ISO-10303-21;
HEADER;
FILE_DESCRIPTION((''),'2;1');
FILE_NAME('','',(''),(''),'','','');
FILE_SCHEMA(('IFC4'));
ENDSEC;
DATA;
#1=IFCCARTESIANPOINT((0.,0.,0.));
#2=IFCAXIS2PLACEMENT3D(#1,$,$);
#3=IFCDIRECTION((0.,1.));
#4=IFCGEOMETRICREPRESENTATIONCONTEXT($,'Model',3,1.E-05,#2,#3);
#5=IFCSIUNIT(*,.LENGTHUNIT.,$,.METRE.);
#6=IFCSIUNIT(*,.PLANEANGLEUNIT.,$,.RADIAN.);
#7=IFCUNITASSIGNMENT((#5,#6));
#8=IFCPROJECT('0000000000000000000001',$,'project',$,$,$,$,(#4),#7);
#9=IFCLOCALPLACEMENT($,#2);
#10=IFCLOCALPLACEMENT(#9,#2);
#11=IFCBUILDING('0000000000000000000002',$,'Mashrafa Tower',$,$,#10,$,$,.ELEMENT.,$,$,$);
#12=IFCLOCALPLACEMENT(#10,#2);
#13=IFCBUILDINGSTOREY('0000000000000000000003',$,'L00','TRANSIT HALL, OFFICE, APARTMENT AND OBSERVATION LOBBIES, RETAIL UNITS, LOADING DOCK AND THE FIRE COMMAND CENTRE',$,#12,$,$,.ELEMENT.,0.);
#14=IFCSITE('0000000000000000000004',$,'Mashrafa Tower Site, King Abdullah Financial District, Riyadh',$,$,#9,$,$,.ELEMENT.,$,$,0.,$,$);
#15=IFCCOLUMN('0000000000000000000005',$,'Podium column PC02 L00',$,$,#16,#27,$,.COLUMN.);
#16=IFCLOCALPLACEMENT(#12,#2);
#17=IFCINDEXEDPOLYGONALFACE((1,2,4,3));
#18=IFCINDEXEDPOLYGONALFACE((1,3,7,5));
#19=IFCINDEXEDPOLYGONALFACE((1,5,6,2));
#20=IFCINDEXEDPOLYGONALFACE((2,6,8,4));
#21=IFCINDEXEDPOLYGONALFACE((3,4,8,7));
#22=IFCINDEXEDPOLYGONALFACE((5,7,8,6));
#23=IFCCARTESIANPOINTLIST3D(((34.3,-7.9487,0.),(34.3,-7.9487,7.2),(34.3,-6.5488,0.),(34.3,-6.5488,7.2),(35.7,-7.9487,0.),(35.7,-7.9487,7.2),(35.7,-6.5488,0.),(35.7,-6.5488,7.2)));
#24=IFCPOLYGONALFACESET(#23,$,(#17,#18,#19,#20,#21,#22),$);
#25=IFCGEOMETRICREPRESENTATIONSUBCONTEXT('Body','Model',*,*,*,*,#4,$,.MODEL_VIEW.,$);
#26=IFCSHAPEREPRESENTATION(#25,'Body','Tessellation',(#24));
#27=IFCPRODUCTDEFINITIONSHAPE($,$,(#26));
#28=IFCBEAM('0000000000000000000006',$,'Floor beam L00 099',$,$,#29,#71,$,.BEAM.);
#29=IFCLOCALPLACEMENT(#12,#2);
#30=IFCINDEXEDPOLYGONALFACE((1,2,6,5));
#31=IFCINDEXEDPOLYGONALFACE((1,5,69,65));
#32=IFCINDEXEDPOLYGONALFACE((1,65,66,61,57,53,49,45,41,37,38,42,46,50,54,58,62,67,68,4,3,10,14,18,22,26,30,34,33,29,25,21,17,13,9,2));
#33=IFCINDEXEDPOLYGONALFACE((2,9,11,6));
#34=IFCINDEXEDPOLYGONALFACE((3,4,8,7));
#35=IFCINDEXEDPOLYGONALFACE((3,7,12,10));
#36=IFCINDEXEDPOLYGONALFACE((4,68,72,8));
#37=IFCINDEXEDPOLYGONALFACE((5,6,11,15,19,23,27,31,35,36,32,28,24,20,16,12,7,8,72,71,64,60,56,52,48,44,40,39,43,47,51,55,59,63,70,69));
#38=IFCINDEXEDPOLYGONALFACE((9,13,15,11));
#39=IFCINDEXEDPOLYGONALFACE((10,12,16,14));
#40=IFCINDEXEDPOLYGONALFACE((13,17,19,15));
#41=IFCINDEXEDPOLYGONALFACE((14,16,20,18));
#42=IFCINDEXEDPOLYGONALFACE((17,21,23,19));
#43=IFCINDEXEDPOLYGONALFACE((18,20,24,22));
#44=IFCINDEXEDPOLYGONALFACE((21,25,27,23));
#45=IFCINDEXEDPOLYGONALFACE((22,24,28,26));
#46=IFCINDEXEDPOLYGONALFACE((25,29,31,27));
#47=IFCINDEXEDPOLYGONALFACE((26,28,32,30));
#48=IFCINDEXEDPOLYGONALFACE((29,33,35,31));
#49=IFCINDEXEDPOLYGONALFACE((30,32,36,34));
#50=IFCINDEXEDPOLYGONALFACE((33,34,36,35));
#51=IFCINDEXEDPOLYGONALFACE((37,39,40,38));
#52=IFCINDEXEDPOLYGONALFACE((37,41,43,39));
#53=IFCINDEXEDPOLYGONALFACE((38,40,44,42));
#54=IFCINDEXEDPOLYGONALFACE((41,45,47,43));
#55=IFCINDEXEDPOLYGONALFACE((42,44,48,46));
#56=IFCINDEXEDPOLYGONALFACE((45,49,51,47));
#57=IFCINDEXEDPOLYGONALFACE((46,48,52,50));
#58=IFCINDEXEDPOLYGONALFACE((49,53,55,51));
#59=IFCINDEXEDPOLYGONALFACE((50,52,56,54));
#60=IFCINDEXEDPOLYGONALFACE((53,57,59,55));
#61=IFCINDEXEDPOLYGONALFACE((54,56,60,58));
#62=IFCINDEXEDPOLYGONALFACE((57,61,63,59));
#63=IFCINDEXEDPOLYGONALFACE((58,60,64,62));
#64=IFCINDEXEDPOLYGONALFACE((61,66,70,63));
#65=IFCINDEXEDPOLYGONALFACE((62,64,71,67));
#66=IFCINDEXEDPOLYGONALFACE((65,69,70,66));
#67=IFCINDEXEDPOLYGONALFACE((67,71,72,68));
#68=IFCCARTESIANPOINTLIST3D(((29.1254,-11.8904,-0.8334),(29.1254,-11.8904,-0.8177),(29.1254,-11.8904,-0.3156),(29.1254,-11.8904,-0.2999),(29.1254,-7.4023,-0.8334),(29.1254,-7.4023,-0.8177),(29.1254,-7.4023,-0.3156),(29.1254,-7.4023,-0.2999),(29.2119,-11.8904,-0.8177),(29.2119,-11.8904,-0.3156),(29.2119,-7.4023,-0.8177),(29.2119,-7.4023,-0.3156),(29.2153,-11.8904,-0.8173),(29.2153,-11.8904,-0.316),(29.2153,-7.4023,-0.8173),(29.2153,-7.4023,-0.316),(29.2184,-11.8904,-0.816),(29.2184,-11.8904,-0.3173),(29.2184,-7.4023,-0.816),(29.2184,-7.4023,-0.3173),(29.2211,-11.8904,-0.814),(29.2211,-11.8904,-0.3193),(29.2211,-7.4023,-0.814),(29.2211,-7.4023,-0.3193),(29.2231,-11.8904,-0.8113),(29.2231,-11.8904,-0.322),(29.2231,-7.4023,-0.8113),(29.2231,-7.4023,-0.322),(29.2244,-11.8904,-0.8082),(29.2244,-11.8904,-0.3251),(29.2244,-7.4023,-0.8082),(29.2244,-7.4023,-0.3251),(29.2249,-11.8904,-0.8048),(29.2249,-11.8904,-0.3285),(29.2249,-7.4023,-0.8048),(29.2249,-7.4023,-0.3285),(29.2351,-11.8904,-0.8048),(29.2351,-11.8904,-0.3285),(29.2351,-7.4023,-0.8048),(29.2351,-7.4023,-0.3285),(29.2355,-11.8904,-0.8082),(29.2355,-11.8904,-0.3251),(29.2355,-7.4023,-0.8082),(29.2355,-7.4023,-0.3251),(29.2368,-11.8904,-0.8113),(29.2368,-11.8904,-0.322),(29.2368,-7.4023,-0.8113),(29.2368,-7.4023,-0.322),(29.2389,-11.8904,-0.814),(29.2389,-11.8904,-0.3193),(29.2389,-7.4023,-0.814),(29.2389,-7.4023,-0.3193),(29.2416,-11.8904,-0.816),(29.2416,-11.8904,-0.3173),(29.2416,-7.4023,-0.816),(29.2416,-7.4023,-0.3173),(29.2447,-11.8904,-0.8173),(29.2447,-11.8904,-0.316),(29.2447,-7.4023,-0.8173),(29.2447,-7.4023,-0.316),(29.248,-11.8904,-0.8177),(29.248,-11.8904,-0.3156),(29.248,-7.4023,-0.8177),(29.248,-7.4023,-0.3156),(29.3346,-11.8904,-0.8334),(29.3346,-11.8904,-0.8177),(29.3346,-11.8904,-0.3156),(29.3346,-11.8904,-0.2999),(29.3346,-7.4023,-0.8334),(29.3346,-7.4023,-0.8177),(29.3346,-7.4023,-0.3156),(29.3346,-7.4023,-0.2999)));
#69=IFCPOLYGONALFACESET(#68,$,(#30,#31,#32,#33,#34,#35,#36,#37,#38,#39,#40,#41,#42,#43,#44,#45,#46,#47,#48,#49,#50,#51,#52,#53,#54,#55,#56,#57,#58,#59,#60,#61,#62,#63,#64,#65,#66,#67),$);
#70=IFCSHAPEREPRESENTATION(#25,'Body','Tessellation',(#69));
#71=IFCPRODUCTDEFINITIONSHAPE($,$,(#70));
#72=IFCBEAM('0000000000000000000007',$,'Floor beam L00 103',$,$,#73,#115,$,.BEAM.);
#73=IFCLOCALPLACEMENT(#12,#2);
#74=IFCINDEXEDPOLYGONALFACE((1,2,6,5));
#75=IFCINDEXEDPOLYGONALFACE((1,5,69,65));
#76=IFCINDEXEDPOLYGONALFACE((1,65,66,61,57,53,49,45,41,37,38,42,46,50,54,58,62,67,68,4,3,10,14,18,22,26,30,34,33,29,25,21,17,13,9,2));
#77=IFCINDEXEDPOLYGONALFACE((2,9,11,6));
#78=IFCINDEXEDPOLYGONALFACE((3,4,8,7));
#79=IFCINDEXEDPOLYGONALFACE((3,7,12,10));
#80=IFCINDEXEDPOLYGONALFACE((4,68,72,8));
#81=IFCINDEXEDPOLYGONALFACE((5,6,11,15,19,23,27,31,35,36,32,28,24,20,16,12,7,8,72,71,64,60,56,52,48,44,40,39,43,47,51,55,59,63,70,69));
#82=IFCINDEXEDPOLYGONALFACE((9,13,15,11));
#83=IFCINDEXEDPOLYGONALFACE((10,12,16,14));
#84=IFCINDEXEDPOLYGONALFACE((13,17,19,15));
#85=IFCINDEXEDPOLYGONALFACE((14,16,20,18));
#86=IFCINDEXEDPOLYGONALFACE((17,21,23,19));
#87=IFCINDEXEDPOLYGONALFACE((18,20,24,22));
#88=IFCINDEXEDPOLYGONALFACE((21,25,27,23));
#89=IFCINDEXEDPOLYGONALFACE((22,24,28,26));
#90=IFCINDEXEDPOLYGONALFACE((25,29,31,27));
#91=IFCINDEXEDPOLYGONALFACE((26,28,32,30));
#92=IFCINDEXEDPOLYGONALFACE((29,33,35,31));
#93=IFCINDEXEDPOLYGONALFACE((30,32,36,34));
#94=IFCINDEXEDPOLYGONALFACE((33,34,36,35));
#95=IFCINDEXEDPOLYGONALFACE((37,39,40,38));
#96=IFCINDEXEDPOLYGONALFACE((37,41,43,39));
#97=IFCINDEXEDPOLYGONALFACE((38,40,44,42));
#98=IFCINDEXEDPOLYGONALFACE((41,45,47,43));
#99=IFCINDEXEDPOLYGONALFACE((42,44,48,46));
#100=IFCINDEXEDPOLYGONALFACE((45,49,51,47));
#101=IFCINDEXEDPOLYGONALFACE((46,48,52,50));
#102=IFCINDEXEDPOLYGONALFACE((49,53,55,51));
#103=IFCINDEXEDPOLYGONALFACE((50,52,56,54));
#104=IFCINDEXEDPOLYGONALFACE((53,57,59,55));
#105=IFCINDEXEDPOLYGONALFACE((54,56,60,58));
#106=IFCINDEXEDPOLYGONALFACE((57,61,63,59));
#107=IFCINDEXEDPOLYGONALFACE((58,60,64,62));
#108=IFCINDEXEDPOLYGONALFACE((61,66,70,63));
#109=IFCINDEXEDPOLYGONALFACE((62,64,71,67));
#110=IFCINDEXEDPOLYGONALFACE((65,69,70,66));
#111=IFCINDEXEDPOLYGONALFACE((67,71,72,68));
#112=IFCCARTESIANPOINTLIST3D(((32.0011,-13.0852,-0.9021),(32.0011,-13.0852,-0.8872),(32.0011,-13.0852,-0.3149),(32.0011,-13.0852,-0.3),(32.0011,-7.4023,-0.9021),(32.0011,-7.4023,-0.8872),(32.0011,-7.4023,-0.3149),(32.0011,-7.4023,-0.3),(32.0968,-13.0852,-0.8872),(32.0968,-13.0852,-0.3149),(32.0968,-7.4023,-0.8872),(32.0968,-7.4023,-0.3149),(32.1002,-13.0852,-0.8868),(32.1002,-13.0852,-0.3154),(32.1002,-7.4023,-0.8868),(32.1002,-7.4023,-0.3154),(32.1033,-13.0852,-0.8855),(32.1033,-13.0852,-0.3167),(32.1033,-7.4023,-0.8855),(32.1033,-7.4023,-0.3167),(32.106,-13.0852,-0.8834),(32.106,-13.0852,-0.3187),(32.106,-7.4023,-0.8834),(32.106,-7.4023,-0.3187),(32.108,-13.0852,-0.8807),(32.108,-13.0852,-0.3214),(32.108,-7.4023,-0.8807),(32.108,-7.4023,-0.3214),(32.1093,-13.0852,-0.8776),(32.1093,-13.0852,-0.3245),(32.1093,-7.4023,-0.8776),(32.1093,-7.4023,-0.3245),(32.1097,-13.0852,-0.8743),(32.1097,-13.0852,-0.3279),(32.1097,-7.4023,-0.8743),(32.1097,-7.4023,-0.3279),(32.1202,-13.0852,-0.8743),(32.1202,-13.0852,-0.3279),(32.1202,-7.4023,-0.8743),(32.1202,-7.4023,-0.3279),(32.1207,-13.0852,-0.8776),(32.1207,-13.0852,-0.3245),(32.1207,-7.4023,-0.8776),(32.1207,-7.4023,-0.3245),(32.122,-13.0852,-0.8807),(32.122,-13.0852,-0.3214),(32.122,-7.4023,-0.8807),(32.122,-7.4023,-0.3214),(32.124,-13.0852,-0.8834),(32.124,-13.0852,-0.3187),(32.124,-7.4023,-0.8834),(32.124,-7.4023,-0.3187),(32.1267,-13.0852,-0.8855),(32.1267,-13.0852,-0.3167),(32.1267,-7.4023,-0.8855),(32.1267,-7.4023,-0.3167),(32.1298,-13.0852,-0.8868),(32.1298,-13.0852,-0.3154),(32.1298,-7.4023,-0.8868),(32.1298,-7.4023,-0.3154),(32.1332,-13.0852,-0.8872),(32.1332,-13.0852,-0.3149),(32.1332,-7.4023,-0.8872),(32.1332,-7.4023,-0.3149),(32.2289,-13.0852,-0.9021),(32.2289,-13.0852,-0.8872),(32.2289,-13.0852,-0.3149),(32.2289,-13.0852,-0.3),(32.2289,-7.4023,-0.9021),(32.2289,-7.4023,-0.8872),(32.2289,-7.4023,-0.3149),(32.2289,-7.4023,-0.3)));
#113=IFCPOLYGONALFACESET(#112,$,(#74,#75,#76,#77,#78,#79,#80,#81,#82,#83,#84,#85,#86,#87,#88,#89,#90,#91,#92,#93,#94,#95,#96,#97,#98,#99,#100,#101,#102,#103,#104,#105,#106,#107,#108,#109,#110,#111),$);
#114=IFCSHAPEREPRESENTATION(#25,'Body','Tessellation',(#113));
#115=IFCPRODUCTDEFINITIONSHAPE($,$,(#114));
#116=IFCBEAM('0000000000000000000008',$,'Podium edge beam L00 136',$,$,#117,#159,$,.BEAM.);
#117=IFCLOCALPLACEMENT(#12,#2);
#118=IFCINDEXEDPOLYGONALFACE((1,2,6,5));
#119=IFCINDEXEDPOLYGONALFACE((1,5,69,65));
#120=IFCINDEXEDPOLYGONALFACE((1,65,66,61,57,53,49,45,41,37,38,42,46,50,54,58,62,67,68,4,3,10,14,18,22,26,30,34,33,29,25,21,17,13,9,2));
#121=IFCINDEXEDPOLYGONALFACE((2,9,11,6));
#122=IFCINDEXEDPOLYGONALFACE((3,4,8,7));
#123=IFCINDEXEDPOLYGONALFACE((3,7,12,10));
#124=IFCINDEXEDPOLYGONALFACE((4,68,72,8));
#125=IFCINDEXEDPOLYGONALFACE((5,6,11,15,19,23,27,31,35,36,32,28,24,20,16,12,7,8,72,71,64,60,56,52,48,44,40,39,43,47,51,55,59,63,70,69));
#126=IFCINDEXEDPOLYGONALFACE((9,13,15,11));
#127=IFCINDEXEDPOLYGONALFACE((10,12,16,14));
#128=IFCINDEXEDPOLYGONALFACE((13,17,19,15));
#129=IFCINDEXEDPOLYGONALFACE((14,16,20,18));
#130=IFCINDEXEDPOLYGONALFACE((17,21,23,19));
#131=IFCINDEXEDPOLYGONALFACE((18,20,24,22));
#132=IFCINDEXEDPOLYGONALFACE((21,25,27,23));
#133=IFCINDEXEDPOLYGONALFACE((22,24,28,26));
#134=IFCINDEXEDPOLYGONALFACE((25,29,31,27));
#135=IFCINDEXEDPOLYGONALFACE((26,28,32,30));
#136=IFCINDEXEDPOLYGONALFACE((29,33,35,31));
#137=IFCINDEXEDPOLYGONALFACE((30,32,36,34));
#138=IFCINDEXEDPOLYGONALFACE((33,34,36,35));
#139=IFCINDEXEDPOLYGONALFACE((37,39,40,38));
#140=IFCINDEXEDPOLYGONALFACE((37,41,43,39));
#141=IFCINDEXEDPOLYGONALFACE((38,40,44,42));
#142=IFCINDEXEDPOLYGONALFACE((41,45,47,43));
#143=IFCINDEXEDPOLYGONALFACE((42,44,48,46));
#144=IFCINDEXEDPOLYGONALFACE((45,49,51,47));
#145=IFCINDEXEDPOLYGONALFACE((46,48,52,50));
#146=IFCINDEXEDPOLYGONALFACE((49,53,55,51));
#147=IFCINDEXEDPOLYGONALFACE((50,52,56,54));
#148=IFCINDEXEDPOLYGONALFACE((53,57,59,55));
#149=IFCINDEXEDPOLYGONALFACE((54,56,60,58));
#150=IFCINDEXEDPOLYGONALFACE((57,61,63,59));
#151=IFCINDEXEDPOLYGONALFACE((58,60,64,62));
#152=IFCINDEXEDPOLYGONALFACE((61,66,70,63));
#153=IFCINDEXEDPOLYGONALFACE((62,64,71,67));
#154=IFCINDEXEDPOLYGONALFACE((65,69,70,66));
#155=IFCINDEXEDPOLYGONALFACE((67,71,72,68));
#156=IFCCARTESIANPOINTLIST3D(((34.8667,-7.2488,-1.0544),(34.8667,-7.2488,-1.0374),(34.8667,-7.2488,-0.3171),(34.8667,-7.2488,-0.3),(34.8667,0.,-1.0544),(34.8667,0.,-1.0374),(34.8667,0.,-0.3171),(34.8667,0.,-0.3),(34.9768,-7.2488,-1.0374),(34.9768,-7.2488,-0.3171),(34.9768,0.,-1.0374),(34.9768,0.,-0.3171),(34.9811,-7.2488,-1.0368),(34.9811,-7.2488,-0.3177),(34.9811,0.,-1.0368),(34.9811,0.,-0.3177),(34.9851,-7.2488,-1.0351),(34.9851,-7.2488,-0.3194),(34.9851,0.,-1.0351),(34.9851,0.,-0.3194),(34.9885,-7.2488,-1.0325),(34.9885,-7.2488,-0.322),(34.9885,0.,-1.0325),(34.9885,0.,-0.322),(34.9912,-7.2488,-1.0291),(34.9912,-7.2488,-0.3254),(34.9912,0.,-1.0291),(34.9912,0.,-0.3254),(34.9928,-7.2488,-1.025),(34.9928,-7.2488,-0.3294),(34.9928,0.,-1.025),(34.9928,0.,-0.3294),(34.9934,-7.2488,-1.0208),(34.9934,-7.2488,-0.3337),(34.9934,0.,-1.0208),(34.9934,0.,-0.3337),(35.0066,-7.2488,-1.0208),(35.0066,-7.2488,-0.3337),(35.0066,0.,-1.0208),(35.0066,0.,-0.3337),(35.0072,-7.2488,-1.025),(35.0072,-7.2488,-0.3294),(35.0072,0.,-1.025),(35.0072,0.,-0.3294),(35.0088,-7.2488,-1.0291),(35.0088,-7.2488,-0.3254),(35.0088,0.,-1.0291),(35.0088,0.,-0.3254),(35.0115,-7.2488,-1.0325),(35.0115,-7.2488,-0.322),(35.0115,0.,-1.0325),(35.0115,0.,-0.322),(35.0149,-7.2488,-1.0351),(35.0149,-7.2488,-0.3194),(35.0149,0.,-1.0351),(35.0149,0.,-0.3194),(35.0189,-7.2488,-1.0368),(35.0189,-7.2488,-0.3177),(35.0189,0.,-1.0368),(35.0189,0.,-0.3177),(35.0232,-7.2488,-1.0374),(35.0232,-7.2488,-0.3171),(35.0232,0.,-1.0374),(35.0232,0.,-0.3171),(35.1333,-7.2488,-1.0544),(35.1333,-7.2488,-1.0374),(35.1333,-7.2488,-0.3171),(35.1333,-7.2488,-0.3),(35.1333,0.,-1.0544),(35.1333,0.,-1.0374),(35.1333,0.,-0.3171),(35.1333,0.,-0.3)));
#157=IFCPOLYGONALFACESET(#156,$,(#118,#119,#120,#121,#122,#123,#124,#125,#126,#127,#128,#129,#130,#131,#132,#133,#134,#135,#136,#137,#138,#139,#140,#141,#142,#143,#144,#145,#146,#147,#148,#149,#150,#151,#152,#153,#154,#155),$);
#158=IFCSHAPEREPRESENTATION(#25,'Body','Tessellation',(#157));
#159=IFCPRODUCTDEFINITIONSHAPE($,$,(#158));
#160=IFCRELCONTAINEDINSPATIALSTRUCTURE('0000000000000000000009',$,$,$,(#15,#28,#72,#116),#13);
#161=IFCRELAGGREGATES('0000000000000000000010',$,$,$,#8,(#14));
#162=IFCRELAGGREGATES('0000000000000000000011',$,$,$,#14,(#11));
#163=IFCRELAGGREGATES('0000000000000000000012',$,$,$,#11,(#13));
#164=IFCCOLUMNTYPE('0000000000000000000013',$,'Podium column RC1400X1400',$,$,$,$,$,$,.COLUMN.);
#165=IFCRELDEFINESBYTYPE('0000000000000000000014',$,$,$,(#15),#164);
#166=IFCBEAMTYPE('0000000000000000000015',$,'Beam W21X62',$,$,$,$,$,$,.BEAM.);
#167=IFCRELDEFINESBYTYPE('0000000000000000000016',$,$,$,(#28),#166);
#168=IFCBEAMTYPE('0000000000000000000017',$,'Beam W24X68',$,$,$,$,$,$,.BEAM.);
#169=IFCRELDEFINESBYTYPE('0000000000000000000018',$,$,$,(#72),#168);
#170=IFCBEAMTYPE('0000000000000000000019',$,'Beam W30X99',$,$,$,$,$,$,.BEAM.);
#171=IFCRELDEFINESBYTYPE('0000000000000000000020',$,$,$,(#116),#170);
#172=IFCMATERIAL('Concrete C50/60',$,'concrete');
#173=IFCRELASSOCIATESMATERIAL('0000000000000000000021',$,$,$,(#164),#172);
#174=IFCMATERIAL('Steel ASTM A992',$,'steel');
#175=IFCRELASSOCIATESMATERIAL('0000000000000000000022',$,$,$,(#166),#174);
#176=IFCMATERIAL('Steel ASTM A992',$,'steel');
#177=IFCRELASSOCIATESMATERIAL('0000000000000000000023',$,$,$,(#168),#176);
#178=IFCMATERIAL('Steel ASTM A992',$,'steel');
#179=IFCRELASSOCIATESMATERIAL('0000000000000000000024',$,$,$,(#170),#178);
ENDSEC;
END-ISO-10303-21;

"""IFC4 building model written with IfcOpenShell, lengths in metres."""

from ifc_helpers import new_model, si_unit, direction, frame, origin, origin_2d, place, context, subcontext, project, spatial, rectangle, i_section, extrude, material, material_profile, profile_set, type_object, element, save


model = new_model("IFC4")

# Units and contexts
model_context = context("Model", 3, precision=1e-05, world=origin(), true_north=direction((0.0, 1.0)))
body_context = subcontext(model_context, "Body", "Model", "MODEL_VIEW")
ifc_project = project(units=[si_unit("LENGTHUNIT", "METRE"), si_unit("PLANEANGLEUNIT", "RADIAN")], contexts=[model_context])

# Site, building, storey
site_placement = place(None, origin())
site = spatial("IfcSite", under=ifc_project, at=site_placement, Name="Mashrafa Tower Site, King Abdullah Financial District, Riyadh", CompositionType="ELEMENT", RefElevation=0.0)
building_placement = place(site_placement, origin())
building = spatial("IfcBuilding", under=site, at=building_placement, Name="Mashrafa Tower", CompositionType="ELEMENT")
storey_placement = place(building_placement, origin())
storey = spatial("IfcBuildingStorey", under=building, at=storey_placement, Name="L00", Description="TRANSIT HALL, OFFICE, APARTMENT AND OBSERVATION LOBBIES, RETAIL UNITS, LOADING DOCK AND THE FIRE COMMAND CENTRE", CompositionType="ELEMENT", Elevation=0.0)

# Column
ifc_material_1 = material(Name="Concrete C50/60", Category="concrete")
ifc_material_profile_1 = material_profile(ifc_material_1, rectangle(XDim=1.3999, YDim=1.3999, at=origin_2d()), Name="RC1400X1400")
ifc_profile_set_1 = profile_set([ifc_material_profile_1], Name="Concrete C50/60")
column_type = type_object("IfcColumnType", Name="Podium column RC1400X1400", PredefinedType="COLUMN", material=ifc_profile_set_1)
column_placement = place(storey_placement, frame((35.0, -7.2488, 0.0), z_axis=(0.0, 0.0, 1.0), x_axis=(1.0, 0.0, 0.0)))
element("IfcColumn", 1, at=column_placement, inside=storey, type_object=column_type, Name="Podium column PC02 L00", PredefinedType="COLUMN", context=body_context, shape_type="SweptSolid", body=[
    extrude(rectangle(XDim=1.3999, YDim=1.3999, at=origin_2d()), origin(), (0.0, 0.0, 1.0), 7.2),
])

# Beams
ifc_material_2 = material(Name="Steel ASTM A992", Category="steel")
ifc_material_profile_2 = material_profile(ifc_material_2, i_section(OverallWidth=0.2092, OverallDepth=0.5334, WebThickness=0.0103, FlangeThickness=0.0156, FilletRadius=0.0129, at=origin_2d()), Name="W21X62")
ifc_profile_set_2 = profile_set([ifc_material_profile_2], Name="Steel ASTM A992")
beam_type_1 = type_object("IfcBeamType", Name="Beam W21X62", PredefinedType="BEAM", material=ifc_profile_set_2)
beam_1_placement = place(storey_placement, frame((29.23, -7.4023, -0.5667), z_axis=(0.0, -1.0, 0.0), x_axis=(1.0, 0.0, 0.0)))
element("IfcBeam", 2, at=beam_1_placement, inside=storey, type_object=beam_type_1, Name="Floor beam L00 099", PredefinedType="BEAM", context=body_context, shape_type="SweptSolid", body=[
    extrude(i_section(OverallWidth=0.2092, OverallDepth=0.5334, WebThickness=0.0103, FlangeThickness=0.0156, FilletRadius=0.0129, at=origin_2d()), origin(), (0.0, 0.0, 1.0), 4.488),
])
ifc_material_3 = material(Name="Steel ASTM A992", Category="steel")
ifc_material_profile_3 = material_profile(ifc_material_3, i_section(OverallWidth=0.2278, OverallDepth=0.6021, WebThickness=0.0105, FlangeThickness=0.0149, FilletRadius=0.0129, at=origin_2d()), Name="W24X68")
ifc_profile_set_3 = profile_set([ifc_material_profile_3], Name="Steel ASTM A992")
beam_type_2 = type_object("IfcBeamType", Name="Beam W24X68", PredefinedType="BEAM", material=ifc_profile_set_3)
beam_2_placement = place(storey_placement, frame((32.115, -7.4023, -0.6011), z_axis=(0.0, -1.0, 0.0), x_axis=(1.0, 0.0, 0.0)))
element("IfcBeam", 3, at=beam_2_placement, inside=storey, type_object=beam_type_2, Name="Floor beam L00 103", PredefinedType="BEAM", context=body_context, shape_type="SweptSolid", body=[
    extrude(i_section(OverallWidth=0.2278, OverallDepth=0.6021, WebThickness=0.0105, FlangeThickness=0.0149, FilletRadius=0.0129, at=origin_2d()), origin(), (0.0, 0.0, 1.0), 5.6829),
])
ifc_material_4 = material(Name="Steel ASTM A992", Category="steel")
ifc_material_profile_4 = material_profile(ifc_material_4, i_section(OverallWidth=0.2666, OverallDepth=0.7544, WebThickness=0.0132, FlangeThickness=0.0171, FilletRadius=0.0166, at=origin_2d()), Name="W30X99")
ifc_profile_set_4 = profile_set([ifc_material_profile_4], Name="Steel ASTM A992")
beam_type_3 = type_object("IfcBeamType", Name="Beam W30X99", PredefinedType="BEAM", material=ifc_profile_set_4)
beam_3_placement = place(storey_placement, frame((35.0, -7.2488, -0.6772), z_axis=(0.0, 1.0, 0.0), x_axis=(-1.0, 0.0, 0.0)))
element("IfcBeam", 4, at=beam_3_placement, inside=storey, type_object=beam_type_3, Name="Podium edge beam L00 136", PredefinedType="BEAM", context=body_context, shape_type="SweptSolid", body=[
    extrude(i_section(OverallWidth=0.2666, OverallDepth=0.7544, WebThickness=0.0132, FlangeThickness=0.0171, FilletRadius=0.0166, at=origin_2d()), origin(), (0.0, 0.0, 1.0), 7.2488),
])

save(model, "model.ifc")
